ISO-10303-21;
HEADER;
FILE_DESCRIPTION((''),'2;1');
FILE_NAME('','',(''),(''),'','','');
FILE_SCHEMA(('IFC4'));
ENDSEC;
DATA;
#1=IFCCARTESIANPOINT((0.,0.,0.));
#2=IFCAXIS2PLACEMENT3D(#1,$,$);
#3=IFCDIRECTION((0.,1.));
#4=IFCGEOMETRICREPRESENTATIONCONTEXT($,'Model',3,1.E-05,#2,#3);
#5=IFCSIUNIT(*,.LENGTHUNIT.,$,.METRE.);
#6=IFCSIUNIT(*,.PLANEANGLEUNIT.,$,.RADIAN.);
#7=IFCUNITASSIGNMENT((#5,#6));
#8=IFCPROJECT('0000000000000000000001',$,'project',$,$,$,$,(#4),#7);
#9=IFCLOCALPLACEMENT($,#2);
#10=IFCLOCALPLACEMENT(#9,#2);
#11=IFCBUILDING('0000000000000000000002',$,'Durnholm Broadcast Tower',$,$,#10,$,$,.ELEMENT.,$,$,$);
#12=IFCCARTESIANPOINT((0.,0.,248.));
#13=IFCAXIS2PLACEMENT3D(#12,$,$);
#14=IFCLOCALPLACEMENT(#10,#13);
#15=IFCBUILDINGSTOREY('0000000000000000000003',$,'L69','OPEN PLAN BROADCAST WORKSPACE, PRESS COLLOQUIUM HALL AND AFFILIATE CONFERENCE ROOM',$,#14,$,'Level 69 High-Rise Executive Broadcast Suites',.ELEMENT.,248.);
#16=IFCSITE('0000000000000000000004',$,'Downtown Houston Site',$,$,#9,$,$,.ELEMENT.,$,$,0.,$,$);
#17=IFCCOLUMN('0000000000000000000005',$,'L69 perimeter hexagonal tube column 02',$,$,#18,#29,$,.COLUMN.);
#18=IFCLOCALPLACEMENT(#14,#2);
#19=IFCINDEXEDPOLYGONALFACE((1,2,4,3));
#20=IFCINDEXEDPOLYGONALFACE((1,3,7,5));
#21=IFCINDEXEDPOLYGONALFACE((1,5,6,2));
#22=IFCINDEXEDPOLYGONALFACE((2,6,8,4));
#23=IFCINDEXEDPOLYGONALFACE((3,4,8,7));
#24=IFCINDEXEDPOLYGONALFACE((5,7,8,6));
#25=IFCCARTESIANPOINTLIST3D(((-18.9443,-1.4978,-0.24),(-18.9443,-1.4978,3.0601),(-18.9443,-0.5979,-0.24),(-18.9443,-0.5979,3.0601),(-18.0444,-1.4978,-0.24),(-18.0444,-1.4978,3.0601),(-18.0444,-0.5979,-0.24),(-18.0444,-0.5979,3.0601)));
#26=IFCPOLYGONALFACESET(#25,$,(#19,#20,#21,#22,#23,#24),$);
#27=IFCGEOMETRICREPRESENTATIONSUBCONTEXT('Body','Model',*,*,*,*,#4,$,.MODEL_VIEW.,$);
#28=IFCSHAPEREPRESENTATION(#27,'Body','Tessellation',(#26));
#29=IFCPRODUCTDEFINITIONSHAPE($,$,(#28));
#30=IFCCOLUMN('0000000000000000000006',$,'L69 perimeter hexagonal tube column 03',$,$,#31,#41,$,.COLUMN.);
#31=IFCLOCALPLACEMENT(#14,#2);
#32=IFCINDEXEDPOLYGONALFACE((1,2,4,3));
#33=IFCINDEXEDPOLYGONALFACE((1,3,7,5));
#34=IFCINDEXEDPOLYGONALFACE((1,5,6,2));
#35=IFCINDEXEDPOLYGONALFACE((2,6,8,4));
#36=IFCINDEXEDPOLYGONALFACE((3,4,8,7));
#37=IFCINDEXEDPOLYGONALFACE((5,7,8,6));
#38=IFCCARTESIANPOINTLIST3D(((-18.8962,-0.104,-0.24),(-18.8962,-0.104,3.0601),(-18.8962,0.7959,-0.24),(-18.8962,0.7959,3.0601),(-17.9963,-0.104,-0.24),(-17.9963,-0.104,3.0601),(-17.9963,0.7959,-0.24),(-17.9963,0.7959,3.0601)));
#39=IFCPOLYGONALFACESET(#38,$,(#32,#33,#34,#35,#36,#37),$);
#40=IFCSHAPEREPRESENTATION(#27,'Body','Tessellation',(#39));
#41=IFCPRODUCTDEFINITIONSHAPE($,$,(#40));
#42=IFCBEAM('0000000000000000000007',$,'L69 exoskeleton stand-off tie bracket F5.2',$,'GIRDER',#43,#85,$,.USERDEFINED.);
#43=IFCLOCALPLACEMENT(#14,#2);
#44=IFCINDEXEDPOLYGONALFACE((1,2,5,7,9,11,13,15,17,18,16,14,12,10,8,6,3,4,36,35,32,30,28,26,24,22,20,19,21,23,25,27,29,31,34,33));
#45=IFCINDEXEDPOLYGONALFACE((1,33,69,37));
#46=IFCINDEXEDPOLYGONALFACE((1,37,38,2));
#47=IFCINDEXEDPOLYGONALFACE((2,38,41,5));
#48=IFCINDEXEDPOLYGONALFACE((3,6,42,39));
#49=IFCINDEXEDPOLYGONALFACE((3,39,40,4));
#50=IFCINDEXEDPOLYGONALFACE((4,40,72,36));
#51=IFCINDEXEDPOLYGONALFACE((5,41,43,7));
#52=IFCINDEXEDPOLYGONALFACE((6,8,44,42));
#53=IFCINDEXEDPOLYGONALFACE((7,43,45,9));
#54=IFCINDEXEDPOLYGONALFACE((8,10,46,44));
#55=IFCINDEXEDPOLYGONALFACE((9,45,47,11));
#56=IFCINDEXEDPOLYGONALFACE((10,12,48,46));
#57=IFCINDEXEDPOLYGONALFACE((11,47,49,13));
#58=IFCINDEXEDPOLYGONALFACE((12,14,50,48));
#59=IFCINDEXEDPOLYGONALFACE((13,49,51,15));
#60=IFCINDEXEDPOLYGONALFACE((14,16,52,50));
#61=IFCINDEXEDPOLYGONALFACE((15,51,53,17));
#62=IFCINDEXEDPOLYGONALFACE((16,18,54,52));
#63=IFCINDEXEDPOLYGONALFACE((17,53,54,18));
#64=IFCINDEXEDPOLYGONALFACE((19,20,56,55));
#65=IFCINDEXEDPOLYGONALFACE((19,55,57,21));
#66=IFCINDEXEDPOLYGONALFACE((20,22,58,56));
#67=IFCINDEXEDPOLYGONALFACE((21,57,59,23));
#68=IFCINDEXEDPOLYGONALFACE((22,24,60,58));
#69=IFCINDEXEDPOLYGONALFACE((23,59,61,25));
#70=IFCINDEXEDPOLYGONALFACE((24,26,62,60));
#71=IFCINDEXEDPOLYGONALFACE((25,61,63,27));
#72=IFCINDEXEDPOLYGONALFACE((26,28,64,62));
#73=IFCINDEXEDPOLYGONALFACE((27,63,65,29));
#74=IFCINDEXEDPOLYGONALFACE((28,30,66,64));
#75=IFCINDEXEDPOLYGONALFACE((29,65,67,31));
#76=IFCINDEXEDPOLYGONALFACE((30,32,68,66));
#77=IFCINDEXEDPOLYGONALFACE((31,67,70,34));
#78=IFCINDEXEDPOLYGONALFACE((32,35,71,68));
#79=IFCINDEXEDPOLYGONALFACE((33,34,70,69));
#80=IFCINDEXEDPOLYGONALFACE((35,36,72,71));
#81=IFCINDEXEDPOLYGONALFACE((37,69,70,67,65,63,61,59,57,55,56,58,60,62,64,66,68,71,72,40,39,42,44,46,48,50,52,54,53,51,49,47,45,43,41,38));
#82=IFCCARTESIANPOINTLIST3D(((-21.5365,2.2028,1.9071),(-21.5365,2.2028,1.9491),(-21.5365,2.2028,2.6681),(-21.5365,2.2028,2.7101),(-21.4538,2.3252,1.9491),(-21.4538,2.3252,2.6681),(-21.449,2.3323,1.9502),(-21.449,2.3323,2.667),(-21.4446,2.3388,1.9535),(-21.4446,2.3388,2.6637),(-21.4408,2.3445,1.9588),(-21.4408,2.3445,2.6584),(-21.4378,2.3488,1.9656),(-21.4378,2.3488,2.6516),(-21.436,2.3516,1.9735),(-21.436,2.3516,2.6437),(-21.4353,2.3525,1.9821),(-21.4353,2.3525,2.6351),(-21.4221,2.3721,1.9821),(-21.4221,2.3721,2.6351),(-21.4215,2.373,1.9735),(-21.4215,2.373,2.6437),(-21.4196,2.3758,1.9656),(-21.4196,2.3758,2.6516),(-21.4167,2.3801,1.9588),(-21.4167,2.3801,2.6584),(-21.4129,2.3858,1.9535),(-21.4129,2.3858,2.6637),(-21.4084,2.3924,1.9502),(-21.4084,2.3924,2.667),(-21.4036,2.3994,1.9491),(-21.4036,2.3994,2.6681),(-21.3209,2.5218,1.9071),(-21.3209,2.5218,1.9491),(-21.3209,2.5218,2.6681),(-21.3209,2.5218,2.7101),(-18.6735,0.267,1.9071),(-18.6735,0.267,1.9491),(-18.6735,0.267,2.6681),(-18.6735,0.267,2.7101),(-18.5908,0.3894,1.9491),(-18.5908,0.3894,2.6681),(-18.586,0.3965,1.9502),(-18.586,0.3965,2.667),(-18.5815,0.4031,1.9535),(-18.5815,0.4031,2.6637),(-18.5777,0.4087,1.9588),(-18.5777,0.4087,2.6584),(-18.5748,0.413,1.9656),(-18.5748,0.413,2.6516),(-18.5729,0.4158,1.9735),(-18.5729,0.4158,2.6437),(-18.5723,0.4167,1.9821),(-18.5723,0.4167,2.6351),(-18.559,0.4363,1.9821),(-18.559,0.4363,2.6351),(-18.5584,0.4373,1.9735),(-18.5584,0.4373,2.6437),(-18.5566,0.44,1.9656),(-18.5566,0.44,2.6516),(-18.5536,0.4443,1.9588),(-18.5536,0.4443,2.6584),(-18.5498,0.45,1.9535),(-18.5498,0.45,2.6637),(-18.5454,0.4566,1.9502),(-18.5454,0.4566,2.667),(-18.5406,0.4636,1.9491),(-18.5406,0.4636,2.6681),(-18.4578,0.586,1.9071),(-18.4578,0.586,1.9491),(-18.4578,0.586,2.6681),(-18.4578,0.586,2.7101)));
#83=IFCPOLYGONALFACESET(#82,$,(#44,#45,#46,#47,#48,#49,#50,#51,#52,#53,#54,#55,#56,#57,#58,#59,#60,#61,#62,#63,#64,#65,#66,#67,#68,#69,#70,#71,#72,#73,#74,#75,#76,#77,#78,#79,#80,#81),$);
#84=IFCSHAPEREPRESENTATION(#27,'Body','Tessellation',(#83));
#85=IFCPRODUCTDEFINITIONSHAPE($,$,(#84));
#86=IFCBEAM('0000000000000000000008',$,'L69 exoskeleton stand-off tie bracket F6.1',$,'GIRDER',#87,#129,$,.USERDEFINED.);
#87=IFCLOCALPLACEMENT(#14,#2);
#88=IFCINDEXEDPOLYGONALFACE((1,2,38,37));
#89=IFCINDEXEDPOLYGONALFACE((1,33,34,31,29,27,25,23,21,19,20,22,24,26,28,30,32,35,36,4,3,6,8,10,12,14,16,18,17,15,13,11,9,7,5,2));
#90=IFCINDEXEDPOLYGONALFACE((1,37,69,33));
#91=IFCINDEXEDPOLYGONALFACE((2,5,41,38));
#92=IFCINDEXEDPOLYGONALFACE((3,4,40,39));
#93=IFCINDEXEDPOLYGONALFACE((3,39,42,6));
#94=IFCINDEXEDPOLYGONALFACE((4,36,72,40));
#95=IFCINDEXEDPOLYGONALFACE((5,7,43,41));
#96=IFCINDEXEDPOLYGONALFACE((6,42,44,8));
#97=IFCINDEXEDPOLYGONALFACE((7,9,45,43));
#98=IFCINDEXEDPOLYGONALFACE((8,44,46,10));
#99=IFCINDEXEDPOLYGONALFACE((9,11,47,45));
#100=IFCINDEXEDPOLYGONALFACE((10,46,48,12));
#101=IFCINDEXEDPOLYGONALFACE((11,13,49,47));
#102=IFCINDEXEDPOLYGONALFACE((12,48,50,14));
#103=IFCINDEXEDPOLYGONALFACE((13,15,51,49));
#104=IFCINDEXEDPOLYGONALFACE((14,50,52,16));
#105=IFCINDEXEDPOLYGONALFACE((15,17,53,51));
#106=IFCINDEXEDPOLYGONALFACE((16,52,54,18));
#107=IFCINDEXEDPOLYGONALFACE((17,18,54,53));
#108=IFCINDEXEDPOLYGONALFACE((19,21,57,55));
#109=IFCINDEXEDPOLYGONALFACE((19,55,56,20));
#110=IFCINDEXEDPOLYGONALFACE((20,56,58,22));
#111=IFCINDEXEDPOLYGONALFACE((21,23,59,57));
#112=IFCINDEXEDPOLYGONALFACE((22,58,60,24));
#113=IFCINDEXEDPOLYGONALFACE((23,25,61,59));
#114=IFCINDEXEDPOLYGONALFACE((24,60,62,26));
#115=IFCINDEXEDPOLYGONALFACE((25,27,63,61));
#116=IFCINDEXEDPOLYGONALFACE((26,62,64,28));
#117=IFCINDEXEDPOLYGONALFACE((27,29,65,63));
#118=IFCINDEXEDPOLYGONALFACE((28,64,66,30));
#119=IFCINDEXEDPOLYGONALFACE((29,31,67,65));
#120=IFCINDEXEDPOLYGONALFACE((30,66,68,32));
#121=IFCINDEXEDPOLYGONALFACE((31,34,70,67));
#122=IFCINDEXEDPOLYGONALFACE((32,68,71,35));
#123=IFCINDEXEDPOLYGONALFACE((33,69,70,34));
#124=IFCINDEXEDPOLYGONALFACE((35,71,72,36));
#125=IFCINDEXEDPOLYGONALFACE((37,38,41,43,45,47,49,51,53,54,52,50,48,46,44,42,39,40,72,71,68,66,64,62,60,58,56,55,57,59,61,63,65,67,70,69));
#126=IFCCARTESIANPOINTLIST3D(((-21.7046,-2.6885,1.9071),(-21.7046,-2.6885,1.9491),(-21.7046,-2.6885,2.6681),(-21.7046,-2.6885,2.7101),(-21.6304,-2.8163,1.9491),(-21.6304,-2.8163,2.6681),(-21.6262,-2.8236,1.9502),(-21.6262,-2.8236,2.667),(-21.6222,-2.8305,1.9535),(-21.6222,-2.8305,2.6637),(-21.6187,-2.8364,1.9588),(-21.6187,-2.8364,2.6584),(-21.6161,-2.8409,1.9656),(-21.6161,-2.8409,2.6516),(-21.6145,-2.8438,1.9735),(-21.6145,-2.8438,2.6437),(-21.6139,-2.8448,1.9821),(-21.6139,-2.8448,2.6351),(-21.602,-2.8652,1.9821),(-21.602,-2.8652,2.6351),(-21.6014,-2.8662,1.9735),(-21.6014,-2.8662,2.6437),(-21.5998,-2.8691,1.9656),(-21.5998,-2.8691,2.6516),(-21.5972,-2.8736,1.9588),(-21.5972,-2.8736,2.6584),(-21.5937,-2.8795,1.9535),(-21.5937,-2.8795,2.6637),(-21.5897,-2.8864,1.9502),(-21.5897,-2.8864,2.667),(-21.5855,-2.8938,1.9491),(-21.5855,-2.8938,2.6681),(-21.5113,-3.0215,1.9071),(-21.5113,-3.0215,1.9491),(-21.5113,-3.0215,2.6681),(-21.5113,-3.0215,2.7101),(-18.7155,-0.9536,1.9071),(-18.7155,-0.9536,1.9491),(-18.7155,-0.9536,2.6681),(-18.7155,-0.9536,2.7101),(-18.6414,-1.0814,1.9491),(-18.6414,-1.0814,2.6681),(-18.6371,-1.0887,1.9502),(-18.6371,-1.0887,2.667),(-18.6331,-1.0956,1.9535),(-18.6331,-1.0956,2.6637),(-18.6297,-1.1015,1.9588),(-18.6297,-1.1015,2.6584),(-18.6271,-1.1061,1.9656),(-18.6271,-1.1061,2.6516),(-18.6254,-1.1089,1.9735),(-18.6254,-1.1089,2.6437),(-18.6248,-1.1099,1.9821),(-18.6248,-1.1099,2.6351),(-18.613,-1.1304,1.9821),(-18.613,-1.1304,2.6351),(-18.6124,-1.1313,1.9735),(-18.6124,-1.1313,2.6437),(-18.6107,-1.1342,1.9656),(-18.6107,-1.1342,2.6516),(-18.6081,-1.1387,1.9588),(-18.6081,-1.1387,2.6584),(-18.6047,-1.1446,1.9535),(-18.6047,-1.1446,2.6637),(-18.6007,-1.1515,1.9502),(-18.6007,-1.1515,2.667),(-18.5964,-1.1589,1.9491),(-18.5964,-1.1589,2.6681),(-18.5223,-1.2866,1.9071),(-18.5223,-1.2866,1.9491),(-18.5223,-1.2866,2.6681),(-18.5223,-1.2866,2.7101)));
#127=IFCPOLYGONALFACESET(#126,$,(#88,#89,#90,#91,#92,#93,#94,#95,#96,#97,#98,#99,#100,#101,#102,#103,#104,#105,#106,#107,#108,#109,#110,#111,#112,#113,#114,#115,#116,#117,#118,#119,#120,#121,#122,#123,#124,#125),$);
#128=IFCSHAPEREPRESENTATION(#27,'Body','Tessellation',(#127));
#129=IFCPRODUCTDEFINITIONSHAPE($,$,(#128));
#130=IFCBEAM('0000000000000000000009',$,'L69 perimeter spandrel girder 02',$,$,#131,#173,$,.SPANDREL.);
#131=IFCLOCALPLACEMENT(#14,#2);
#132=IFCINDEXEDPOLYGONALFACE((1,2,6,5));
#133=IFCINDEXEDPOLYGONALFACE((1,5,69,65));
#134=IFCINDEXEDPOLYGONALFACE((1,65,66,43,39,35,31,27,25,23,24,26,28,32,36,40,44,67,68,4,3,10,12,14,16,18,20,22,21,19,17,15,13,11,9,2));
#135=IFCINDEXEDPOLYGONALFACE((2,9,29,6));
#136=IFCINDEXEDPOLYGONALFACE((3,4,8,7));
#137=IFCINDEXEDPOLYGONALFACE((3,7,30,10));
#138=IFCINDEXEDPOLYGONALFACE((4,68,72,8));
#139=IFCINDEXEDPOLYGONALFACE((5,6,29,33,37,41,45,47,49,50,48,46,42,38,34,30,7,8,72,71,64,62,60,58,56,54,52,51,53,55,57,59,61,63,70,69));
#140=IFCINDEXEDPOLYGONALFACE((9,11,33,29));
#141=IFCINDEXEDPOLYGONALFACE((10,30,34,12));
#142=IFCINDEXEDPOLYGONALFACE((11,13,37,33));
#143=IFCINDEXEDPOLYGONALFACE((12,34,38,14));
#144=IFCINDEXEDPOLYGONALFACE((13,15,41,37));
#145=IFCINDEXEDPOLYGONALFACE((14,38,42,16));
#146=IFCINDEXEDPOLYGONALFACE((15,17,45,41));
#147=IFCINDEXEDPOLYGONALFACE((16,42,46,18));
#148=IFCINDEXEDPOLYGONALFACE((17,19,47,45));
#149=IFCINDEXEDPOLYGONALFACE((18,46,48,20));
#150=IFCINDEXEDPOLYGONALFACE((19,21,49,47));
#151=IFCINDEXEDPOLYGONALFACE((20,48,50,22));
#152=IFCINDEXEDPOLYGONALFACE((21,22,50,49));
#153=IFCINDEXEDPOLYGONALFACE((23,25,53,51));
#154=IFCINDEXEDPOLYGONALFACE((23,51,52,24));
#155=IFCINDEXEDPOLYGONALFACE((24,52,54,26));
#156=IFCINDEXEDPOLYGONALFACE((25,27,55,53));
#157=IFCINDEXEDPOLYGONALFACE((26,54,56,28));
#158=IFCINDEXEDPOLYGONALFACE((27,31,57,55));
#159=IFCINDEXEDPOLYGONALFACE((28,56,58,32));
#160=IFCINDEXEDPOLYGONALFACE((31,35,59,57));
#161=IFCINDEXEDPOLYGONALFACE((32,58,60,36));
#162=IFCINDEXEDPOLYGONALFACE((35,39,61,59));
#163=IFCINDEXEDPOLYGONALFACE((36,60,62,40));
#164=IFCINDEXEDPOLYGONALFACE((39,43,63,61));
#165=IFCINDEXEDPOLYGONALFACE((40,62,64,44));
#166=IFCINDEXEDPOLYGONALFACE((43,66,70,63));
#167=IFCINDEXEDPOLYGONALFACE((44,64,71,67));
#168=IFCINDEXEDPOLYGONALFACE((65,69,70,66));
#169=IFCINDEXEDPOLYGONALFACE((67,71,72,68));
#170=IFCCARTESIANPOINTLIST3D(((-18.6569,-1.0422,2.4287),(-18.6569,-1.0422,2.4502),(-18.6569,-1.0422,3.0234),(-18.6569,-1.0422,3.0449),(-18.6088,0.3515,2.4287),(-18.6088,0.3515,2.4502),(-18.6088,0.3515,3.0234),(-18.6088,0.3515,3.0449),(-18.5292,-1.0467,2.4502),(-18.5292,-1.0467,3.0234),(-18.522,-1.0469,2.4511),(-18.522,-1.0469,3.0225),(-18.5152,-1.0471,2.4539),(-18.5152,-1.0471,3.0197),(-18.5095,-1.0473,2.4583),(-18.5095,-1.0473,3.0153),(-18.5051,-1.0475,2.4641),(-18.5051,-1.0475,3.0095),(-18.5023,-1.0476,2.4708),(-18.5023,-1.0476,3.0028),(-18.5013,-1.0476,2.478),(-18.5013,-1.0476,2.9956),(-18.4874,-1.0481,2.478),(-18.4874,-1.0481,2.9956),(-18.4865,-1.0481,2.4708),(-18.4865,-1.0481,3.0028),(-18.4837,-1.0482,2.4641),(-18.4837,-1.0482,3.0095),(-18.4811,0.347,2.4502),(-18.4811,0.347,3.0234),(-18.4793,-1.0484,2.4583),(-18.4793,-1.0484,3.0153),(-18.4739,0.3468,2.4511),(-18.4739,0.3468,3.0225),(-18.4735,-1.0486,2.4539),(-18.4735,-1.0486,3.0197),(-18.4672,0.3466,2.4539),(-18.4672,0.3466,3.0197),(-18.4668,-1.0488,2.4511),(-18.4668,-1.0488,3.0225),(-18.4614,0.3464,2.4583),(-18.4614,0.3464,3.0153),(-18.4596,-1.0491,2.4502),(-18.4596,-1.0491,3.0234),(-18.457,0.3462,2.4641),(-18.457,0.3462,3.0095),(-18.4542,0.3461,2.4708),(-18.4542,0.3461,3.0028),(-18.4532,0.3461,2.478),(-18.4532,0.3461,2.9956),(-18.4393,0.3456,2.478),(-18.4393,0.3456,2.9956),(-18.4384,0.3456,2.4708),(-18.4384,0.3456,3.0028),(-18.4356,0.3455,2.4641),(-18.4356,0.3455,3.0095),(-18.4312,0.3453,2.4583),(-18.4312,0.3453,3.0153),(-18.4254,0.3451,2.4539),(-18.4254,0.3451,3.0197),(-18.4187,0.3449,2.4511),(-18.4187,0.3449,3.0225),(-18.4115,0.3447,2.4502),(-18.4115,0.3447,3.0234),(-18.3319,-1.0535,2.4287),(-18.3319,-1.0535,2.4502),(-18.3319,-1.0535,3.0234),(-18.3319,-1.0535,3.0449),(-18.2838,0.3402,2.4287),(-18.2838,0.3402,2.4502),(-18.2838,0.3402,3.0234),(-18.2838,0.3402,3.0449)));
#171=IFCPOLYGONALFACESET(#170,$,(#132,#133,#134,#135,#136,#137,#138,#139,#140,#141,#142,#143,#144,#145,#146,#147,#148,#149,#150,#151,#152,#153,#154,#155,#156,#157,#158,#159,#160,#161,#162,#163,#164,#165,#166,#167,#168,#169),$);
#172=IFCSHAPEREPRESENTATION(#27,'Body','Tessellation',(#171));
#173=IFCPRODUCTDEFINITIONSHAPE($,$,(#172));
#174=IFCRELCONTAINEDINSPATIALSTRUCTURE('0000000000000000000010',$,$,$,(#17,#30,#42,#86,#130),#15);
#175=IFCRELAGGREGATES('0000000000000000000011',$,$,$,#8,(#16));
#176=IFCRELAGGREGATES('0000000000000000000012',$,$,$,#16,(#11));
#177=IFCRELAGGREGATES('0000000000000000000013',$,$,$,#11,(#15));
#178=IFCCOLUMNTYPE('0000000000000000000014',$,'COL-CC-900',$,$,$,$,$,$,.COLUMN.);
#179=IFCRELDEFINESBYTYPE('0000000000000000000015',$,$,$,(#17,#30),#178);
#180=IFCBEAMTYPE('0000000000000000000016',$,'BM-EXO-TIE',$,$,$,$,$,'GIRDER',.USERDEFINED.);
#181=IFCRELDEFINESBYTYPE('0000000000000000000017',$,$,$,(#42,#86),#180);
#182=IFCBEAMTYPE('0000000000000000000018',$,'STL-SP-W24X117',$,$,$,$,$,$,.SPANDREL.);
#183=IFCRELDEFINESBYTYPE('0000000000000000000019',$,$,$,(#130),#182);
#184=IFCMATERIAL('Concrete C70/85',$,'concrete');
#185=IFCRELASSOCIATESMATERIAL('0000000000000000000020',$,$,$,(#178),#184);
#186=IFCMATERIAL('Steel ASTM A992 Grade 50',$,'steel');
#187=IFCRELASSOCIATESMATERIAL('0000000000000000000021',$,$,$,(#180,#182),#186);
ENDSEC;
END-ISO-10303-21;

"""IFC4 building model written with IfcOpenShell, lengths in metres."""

from ifc_helpers import new_model, si_unit, direction, frame, origin, origin_2d, place, context, subcontext, project, spatial, rectangle, i_section, extrude, source, transform, mapped, material, material_profile, profile_set, type_object, type_shapes, element, save


model = new_model("IFC4")

# Units and contexts
model_context = context("Model", 3, precision=1e-05, world=origin(), true_north=direction((0.0, 1.0)))
body_context = subcontext(model_context, "Body", "Model", "MODEL_VIEW")
ifc_project = project(units=[si_unit("LENGTHUNIT", "METRE"), si_unit("PLANEANGLEUNIT", "RADIAN")], contexts=[model_context])

# Site, building, storey
site_placement = place(None, origin())
site = spatial("IfcSite", under=ifc_project, at=site_placement, Name="Downtown Houston Site", CompositionType="ELEMENT", RefElevation=0.0)
building_placement = place(site_placement, origin())
building = spatial("IfcBuilding", under=site, at=building_placement, Name="Durnholm Broadcast Tower", CompositionType="ELEMENT")
storey_placement = place(building_placement, frame((0.0, 0.0, 248.0)))
storey = spatial("IfcBuildingStorey", under=building, at=storey_placement, Name="L69", Description="OPEN PLAN BROADCAST WORKSPACE, PRESS COLLOQUIUM HALL AND AFFILIATE CONFERENCE ROOM", LongName="Level 69 High-Rise Executive Broadcast Suites", CompositionType="ELEMENT", Elevation=248.0)

# Columns
ifc_material_1 = material(Name="Concrete C70/85", Category="concrete")
ifc_material_profile_1 = material_profile(ifc_material_1, rectangle(XDim=0.8999, YDim=0.8999, at=origin_2d()), Name="RC900X900")
ifc_profile_set_1 = profile_set([ifc_material_profile_1], Name="Concrete C70/85")
column_type = type_object("IfcColumnType", Name="COL-CC-900", PredefinedType="COLUMN", material=ifc_profile_set_1)
shared_shape_1 = source(origin(), body_context, "Body", "SweptSolid", [
    extrude(rectangle(XDim=0.8999, YDim=0.8999, at=origin_2d()), origin(), (0.0, 0.0, 1.0), 3.3),
])
type_shapes(column_type, [shared_shape_1])
for number, where, z_axis, x_axis, name in (
    (1, (-18.4944, -1.0479, -0.24), (0.0, 0.0, 1.0), (1.0, 0.0, 0.0), "L69 perimeter hexagonal tube column 02"),
    (2, (-18.4463, 0.3459, -0.24), (0.0, 0.0, 1.0), (1.0, 0.0, 0.0), "L69 perimeter hexagonal tube column 03"),
):
    element("IfcColumn", number, at=place(storey_placement, frame(where, z_axis=z_axis, x_axis=x_axis)), inside=storey, type_object=column_type, Name=name, PredefinedType="COLUMN", context=body_context, shape_type="MappedRepresentation", body=[
        mapped(shared_shape_1, transform((0.0, 0.0, 0.0), x_axis=(1.0, 0.0, 0.0), y_axis=(0.0, 1.0, 0.0), z_axis=(0.0, 0.0, 1.0), scale=1.0)),
    ])

# Beams
ifc_material_2 = material(Name="Steel ASTM A992 Grade 50", Category="steel")
ifc_material_profile_2 = material_profile(ifc_material_2, i_section(OverallWidth=0.385, OverallDepth=0.803, WebThickness=0.0237, FlangeThickness=0.042, FilletRadius=0.033, at=origin_2d()), Name="W30X261")
ifc_profile_set_2 = profile_set([ifc_material_profile_2], Name="Steel ASTM A992 Grade 50")
beam_type_1 = type_object("IfcBeamType", Name="BM-EXO-TIE", ElementType="GIRDER", PredefinedType="USERDEFINED", material=ifc_profile_set_2)
shared_shape_2 = source(origin(), body_context, "Body", "SweptSolid", [
    extrude(i_section(OverallWidth=0.385, OverallDepth=0.803, WebThickness=0.0237, FlangeThickness=0.042, FilletRadius=0.033, at=origin_2d()), origin(), (0.0, 0.0, 1.0), 3.4561),
])
type_shapes(beam_type_1, [shared_shape_2])
for number, where, z_axis, x_axis, name in (
    (3, (-18.5657, 0.4265, 2.3086), (-0.828414, 0.560117, 0.0), (-0.560117, -0.828414, 0.0), "L69 exoskeleton stand-off tie bracket F5.2"),
    (4, (-18.6189, -1.1201, 2.3086), (-0.864876, -0.501986, 0.0), (0.501986, -0.864876, 0.0), "L69 exoskeleton stand-off tie bracket F6.1"),
):
    element("IfcBeam", number, at=place(storey_placement, frame(where, z_axis=z_axis, x_axis=x_axis)), inside=storey, type_object=beam_type_1, Name=name, ObjectType="GIRDER", PredefinedType="USERDEFINED", context=body_context, shape_type="MappedRepresentation", body=[
        mapped(shared_shape_2, transform((0.0, 0.0, 0.0), x_axis=(1.0, 0.0, 0.0), y_axis=(0.0, 1.0, 0.0), z_axis=(0.0, 0.0, 1.0), scale=1.0)),
    ])
ifc_material_profile_3 = material_profile(ifc_material_2, i_section(OverallWidth=0.3252, OverallDepth=0.6162, WebThickness=0.0139, FlangeThickness=0.0215, FilletRadius=0.0278, at=origin_2d()), Name="W24X117")
ifc_profile_set_3 = profile_set([ifc_material_profile_3], Name="Steel ASTM A992 Grade 50")
beam_type_2 = type_object("IfcBeamType", Name="STL-SP-W24X117", PredefinedType="SPANDREL", material=ifc_profile_set_3)
shared_shape_3 = source(origin(), body_context, "Body", "SweptSolid", [
    extrude(i_section(OverallWidth=0.3252, OverallDepth=0.6162, WebThickness=0.0139, FlangeThickness=0.0215, FilletRadius=0.0278, at=origin_2d()), origin(), (0.0, 0.0, 1.0), 1.3945),
])
beam_1_placement = place(storey_placement, frame((-18.4944, -1.0479, 2.7368), z_axis=(0.034486, 0.999405, 0.0), x_axis=(-0.999405, 0.034486, 0.0)))
element("IfcBeam", 5, at=beam_1_placement, inside=storey, type_object=beam_type_2, Name="L69 perimeter spandrel girder 02", PredefinedType="SPANDREL", context=body_context, shape_type="MappedRepresentation", body=[
    mapped(shared_shape_3, transform((0.0, 0.0, 0.0), x_axis=(1.0, 0.0, 0.0), y_axis=(0.0, 1.0, 0.0), z_axis=(0.0, 0.0, 1.0), scale=1.0)),
])

save(model, "model.ifc")
